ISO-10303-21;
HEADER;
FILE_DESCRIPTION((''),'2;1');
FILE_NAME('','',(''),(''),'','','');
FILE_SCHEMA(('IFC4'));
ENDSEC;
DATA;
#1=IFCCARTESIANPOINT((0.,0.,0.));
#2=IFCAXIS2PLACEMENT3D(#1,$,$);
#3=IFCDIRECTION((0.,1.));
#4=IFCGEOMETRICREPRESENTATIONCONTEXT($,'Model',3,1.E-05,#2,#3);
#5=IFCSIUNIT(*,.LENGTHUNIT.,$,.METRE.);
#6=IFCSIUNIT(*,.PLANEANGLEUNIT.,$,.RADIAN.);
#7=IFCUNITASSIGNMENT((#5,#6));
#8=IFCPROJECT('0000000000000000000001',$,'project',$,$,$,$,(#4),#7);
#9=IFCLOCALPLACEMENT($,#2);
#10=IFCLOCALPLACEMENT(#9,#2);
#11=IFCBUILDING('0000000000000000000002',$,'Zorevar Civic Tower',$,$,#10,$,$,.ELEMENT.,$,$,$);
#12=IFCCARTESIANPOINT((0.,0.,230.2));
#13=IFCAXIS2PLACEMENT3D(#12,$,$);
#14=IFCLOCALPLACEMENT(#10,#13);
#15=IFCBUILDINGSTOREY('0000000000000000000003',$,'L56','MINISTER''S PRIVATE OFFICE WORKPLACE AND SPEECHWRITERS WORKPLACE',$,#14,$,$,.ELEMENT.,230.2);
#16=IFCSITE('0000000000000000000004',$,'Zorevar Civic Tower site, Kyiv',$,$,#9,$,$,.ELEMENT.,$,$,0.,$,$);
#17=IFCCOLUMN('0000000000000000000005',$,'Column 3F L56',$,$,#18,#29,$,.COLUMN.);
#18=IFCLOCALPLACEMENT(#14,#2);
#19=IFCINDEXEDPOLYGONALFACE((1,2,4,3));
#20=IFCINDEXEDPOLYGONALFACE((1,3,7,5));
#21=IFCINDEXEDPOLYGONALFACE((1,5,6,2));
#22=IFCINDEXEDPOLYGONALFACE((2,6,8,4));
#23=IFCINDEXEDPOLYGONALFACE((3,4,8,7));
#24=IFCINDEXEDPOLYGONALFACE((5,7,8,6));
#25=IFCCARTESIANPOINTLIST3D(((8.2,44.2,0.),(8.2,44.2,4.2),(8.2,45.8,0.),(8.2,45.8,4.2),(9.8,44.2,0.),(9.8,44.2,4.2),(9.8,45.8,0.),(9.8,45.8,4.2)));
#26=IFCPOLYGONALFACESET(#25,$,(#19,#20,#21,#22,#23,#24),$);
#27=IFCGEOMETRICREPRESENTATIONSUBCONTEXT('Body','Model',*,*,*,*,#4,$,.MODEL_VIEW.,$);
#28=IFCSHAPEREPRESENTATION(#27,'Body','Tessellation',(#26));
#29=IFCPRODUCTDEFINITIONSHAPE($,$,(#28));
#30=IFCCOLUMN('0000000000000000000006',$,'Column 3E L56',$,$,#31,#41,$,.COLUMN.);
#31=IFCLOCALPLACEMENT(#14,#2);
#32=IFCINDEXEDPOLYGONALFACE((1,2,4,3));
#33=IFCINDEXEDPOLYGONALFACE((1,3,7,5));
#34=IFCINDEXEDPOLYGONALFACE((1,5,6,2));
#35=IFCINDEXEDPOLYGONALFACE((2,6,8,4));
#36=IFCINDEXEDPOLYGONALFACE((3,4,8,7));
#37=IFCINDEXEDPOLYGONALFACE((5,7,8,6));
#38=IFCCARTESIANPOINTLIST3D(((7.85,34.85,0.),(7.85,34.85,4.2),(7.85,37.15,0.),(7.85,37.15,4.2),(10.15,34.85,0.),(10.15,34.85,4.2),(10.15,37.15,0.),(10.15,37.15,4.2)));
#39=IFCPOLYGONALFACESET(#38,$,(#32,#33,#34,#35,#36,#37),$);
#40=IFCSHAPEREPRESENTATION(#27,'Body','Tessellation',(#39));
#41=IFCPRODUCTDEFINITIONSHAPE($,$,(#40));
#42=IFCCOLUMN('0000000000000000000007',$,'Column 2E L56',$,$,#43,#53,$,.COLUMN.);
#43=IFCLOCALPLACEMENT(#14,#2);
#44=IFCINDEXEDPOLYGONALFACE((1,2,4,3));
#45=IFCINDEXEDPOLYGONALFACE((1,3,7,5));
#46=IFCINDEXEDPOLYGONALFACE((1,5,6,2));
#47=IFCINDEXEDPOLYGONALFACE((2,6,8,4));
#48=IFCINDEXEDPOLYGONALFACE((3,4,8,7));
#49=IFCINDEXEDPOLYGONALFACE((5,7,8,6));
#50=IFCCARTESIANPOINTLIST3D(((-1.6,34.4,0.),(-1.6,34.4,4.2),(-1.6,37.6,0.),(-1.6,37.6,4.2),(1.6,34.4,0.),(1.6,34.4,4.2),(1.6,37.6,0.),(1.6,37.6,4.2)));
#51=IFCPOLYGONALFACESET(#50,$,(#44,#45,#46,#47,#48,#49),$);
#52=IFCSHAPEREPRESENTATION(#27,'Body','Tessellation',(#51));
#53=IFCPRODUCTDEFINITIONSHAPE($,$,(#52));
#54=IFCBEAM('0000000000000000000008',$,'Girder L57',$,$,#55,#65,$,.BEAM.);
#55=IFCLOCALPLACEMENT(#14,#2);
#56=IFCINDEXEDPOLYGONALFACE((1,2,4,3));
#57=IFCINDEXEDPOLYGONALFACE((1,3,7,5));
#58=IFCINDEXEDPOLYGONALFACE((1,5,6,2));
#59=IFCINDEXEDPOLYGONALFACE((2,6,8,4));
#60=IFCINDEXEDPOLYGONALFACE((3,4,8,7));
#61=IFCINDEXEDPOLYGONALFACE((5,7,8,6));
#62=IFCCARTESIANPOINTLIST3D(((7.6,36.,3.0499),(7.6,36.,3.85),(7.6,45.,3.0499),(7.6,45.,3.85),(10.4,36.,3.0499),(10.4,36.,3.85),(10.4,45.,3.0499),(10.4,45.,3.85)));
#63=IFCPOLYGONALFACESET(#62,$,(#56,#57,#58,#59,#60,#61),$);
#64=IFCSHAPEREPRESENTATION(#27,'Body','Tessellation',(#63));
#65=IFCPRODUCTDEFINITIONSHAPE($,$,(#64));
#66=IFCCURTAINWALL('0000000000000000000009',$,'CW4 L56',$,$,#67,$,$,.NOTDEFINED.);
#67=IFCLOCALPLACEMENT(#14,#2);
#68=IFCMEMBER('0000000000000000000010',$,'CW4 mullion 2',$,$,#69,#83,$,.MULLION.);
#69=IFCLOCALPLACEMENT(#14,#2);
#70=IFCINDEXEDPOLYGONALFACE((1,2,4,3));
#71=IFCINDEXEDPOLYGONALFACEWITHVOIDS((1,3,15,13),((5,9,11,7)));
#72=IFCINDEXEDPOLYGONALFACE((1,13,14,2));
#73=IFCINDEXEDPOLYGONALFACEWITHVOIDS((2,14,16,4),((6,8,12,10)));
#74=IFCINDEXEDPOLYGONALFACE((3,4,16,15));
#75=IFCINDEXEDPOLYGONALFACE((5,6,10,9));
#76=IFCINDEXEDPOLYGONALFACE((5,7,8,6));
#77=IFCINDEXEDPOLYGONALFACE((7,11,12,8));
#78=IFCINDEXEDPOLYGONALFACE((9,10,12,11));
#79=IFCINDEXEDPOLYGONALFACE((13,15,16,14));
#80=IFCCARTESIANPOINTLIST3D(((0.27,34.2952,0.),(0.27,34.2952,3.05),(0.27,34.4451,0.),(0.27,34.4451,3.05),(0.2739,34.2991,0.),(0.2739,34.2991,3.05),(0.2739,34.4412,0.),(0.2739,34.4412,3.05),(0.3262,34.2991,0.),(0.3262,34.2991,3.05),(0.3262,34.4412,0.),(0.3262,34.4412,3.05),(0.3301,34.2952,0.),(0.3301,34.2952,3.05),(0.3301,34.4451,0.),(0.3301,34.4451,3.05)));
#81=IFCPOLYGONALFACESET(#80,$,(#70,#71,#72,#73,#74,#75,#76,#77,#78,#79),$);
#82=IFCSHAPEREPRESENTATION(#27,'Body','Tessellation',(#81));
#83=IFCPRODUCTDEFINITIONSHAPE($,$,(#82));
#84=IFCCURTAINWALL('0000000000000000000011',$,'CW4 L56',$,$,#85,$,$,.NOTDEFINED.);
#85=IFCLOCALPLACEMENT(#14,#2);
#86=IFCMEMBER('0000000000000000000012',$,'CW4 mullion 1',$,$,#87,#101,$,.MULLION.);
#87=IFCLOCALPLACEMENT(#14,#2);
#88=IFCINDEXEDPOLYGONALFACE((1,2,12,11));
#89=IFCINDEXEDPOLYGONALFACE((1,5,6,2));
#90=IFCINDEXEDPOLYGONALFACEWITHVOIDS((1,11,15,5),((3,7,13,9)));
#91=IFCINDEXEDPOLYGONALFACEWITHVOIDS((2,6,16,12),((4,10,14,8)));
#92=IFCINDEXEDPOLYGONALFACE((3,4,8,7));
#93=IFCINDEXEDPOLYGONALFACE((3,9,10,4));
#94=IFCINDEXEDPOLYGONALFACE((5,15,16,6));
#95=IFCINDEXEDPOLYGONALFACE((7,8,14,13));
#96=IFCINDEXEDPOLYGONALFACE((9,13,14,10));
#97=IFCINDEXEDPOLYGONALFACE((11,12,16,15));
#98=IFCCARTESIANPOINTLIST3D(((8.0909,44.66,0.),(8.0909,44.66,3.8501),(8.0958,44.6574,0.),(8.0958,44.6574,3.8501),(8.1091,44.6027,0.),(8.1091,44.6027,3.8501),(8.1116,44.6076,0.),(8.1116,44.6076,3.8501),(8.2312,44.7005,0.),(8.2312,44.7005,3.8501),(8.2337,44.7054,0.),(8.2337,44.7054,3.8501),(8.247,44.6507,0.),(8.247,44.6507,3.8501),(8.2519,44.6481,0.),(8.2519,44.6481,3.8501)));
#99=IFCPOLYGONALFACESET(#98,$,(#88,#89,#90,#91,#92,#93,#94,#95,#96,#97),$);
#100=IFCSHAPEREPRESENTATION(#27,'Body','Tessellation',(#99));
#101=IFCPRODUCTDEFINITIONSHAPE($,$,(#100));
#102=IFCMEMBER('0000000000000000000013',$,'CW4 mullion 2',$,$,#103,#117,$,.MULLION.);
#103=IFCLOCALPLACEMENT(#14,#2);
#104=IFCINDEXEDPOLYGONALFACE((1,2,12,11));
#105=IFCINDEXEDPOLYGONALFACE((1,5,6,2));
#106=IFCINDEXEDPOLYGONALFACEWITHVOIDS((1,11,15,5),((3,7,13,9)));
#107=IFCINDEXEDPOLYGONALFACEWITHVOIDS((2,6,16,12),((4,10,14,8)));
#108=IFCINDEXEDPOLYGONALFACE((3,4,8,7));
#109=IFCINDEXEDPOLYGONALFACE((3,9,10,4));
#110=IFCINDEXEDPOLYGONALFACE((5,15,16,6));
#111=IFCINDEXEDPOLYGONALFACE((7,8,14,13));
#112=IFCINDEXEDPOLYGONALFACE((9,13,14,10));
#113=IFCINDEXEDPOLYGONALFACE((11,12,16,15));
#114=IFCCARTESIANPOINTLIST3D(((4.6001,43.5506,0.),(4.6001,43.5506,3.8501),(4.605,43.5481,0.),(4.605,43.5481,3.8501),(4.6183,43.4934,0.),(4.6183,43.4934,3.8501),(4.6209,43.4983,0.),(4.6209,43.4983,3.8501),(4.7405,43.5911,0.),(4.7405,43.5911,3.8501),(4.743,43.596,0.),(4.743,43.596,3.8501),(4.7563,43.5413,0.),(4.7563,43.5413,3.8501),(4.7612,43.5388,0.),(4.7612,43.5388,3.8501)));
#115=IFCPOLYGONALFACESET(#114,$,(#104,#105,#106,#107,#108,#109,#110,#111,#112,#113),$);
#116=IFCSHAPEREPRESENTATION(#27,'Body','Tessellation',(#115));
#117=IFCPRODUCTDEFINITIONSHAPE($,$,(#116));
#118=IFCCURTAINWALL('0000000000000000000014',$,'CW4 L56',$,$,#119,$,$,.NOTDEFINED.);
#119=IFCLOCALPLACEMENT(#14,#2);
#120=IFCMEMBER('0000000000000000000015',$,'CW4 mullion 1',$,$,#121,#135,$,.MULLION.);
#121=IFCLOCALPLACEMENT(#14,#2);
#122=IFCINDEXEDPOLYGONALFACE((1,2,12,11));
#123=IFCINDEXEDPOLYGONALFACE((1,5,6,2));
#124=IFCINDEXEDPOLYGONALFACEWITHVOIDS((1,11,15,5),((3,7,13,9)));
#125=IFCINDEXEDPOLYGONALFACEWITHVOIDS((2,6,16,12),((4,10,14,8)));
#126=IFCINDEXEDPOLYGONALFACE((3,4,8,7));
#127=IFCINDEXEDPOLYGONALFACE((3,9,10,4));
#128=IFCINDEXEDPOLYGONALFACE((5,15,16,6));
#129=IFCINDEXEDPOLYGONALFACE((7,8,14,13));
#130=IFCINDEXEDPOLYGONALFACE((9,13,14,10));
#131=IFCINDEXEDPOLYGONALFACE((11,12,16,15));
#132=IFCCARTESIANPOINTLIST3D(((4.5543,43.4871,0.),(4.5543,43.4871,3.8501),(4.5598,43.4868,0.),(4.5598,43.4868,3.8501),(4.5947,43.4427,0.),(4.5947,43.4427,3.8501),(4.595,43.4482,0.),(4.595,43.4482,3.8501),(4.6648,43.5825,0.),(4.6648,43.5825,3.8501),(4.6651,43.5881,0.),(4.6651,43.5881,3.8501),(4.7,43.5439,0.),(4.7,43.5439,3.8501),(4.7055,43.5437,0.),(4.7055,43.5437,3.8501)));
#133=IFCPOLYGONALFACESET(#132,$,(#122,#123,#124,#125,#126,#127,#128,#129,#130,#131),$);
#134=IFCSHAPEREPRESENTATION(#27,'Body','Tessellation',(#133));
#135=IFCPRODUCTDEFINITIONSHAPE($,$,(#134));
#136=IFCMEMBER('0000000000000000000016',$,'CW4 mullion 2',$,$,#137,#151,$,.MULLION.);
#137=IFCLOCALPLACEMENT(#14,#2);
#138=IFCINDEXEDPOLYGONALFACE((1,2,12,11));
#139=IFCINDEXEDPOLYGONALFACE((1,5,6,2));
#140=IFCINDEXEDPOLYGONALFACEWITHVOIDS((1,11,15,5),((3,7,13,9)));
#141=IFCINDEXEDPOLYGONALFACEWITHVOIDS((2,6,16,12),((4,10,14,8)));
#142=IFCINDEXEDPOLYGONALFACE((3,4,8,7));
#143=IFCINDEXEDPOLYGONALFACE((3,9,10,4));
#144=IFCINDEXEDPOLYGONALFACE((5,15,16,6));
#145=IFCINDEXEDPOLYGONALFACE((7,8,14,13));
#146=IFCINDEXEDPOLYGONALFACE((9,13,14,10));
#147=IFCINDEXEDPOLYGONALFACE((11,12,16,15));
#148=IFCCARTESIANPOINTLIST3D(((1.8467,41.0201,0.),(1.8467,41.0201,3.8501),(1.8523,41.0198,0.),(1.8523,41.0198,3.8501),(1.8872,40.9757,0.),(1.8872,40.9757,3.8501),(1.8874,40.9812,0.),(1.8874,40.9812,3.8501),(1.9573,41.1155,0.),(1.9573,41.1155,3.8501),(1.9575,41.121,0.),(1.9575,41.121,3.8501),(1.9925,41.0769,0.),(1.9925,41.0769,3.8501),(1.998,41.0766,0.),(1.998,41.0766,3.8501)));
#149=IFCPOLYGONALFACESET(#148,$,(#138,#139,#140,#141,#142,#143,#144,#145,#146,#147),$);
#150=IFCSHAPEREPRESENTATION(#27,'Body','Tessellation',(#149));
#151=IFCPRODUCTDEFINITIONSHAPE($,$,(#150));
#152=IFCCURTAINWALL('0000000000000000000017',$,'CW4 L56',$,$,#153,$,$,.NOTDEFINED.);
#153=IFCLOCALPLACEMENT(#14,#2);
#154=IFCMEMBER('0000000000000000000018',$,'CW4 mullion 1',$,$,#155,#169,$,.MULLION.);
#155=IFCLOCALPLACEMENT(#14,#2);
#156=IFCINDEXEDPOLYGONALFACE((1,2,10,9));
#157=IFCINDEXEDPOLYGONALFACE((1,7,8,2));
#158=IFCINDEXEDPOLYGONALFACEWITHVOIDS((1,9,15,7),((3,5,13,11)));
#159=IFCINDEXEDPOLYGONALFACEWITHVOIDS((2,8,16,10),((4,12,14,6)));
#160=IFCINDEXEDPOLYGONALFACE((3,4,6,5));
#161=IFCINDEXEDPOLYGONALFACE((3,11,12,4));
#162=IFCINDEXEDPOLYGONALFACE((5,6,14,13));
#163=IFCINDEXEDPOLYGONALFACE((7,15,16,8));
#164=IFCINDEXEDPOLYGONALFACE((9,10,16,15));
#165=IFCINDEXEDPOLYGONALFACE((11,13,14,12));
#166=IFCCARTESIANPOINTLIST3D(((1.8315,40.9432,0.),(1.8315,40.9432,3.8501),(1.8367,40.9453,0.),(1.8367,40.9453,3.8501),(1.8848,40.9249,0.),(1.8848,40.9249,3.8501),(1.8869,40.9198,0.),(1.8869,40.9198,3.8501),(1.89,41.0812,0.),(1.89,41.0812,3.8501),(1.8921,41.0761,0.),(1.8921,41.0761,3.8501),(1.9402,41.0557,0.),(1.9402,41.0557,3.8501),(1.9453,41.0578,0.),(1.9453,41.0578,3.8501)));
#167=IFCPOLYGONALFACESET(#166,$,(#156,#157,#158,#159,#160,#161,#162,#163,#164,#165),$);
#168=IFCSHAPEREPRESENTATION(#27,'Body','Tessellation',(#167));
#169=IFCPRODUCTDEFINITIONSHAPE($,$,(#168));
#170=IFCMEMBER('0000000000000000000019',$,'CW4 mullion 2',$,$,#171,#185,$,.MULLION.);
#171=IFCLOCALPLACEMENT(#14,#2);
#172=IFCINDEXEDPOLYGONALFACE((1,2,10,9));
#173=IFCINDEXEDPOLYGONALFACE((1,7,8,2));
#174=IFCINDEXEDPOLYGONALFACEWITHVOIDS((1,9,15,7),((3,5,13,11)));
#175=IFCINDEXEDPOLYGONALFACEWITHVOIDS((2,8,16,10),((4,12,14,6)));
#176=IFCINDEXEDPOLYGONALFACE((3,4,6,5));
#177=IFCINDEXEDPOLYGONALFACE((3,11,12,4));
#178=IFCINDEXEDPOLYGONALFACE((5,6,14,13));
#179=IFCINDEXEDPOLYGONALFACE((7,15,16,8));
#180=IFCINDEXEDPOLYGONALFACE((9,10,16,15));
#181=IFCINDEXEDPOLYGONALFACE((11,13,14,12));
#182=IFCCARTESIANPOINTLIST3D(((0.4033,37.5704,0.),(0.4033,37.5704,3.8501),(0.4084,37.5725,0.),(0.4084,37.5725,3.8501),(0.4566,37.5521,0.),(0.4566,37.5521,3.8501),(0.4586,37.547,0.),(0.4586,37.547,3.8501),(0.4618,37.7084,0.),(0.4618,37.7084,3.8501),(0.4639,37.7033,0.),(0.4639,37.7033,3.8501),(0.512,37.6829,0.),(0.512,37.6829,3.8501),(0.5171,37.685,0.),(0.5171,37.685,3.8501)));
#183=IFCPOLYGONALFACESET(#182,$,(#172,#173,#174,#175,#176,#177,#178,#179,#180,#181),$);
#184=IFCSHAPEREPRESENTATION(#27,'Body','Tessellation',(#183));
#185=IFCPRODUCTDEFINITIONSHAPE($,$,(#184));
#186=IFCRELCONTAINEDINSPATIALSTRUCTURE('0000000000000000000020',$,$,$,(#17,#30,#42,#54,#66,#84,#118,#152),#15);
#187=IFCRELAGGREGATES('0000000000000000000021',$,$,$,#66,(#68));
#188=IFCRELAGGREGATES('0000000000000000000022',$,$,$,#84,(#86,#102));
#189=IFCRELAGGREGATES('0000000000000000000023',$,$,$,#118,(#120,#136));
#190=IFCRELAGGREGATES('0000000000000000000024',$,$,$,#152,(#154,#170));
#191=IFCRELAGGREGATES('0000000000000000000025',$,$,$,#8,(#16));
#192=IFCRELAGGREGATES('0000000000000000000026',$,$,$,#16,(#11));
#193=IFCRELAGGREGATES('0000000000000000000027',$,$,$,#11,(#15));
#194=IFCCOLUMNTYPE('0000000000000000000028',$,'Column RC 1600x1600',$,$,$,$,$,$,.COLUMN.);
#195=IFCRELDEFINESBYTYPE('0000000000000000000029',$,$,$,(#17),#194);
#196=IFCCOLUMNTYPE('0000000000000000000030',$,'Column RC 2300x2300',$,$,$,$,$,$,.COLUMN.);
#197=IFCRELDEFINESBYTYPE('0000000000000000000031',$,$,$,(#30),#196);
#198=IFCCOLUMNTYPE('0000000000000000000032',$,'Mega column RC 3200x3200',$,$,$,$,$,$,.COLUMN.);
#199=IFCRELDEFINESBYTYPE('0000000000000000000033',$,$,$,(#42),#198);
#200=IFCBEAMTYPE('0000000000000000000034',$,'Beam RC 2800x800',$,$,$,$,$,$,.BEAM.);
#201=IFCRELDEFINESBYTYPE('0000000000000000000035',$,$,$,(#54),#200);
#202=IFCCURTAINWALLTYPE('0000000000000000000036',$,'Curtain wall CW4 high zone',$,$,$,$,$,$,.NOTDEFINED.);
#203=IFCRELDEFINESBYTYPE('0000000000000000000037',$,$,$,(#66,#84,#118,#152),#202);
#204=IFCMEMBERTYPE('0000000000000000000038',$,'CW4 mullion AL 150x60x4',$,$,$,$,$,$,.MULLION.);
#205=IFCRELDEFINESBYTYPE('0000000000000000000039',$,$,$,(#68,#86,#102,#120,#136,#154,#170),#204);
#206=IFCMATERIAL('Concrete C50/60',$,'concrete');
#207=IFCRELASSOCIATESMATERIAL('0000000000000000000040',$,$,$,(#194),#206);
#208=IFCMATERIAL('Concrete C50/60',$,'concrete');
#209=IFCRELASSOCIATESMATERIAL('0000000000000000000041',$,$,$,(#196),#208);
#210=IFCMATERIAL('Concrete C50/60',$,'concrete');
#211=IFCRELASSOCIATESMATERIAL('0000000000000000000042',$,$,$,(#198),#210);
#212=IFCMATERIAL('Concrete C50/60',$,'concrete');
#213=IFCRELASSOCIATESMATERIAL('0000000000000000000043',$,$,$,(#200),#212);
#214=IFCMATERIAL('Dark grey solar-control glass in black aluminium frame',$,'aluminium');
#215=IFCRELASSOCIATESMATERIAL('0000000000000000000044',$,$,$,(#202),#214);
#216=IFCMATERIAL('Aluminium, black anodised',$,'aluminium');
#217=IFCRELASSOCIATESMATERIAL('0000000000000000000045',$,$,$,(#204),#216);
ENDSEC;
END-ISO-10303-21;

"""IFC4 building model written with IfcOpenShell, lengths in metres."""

from ifc_helpers import new_model, si_unit, direction, frame, origin, origin_2d, place, context, subcontext, project, spatial, rectangle, hollow_rectangle, extrude, material, material_profile, profile_set, type_object, element, aggregate, save


model = new_model("IFC4")

# Units and contexts
model_context = context("Model", 3, precision=1e-05, world=origin(), true_north=direction((0.0, 1.0)))
body_context = subcontext(model_context, "Body", "Model", "MODEL_VIEW")
ifc_project = project(units=[si_unit("LENGTHUNIT", "METRE"), si_unit("PLANEANGLEUNIT", "RADIAN")], contexts=[model_context])

# Site, building, storey
site_placement = place(None, origin())
site = spatial("IfcSite", under=ifc_project, at=site_placement, Name="Zorevar Civic Tower site, Kyiv", CompositionType="ELEMENT", RefElevation=0.0)
building_placement = place(site_placement, origin())
building = spatial("IfcBuilding", under=site, at=building_placement, Name="Zorevar Civic Tower", CompositionType="ELEMENT")
storey_placement = place(building_placement, frame((0.0, 0.0, 230.2)))
storey = spatial("IfcBuildingStorey", under=building, at=storey_placement, Name="L56", Description="MINISTER'S PRIVATE OFFICE WORKPLACE AND SPEECHWRITERS WORKPLACE", CompositionType="ELEMENT", Elevation=230.2)

# Columns
ifc_material_1 = material(Name="Concrete C50/60", Category="concrete")
ifc_material_profile_1 = material_profile(ifc_material_1, rectangle(XDim=1.6001, YDim=1.6001, at=origin_2d()), Name="RC 1600x1600")
ifc_profile_set_1 = profile_set([ifc_material_profile_1], Name="Concrete C50/60")
column_type_1 = type_object("IfcColumnType", Name="Column RC 1600x1600", PredefinedType="COLUMN", material=ifc_profile_set_1)
column_1_placement = place(storey_placement, frame((9.0, 45.0, 0.0), z_axis=(0.0, 0.0, 1.0), x_axis=(1.0, 0.0, 0.0)))
element("IfcColumn", 1, at=column_1_placement, inside=storey, type_object=column_type_1, Name="Column 3F L56", PredefinedType="COLUMN", context=body_context, shape_type="SweptSolid", body=[
    extrude(rectangle(XDim=1.6001, YDim=1.6001, at=origin_2d()), origin(), (0.0, 0.0, 1.0), 4.2),
])
ifc_material_2 = material(Name="Concrete C50/60", Category="concrete")
ifc_material_profile_2 = material_profile(ifc_material_2, rectangle(XDim=2.3, YDim=2.3, at=origin_2d()), Name="RC 2300x2300")
ifc_profile_set_2 = profile_set([ifc_material_profile_2], Name="Concrete C50/60")
column_type_2 = type_object("IfcColumnType", Name="Column RC 2300x2300", PredefinedType="COLUMN", material=ifc_profile_set_2)
column_2_placement = place(storey_placement, frame((9.0, 36.0, 0.0), z_axis=(0.0, 0.0, 1.0), x_axis=(1.0, 0.0, 0.0)))
element("IfcColumn", 2, at=column_2_placement, inside=storey, type_object=column_type_2, Name="Column 3E L56", PredefinedType="COLUMN", context=body_context, shape_type="SweptSolid", body=[
    extrude(rectangle(XDim=2.3, YDim=2.3, at=origin_2d()), origin(), (0.0, 0.0, 1.0), 4.2),
])
ifc_material_3 = material(Name="Concrete C50/60", Category="concrete")
ifc_material_profile_3 = material_profile(ifc_material_3, rectangle(XDim=3.2, YDim=3.2, at=origin_2d()), Name="RC 3200x3200")
ifc_profile_set_3 = profile_set([ifc_material_profile_3], Name="Concrete C50/60")
column_type_3 = type_object("IfcColumnType", Name="Mega column RC 3200x3200", PredefinedType="COLUMN", material=ifc_profile_set_3)
column_3_placement = place(storey_placement, frame((0.0, 36.0, 0.0), z_axis=(0.0, 0.0, 1.0), x_axis=(1.0, 0.0, 0.0)))
element("IfcColumn", 3, at=column_3_placement, inside=storey, type_object=column_type_3, Name="Column 2E L56", PredefinedType="COLUMN", context=body_context, shape_type="SweptSolid", body=[
    extrude(rectangle(XDim=3.2, YDim=3.2, at=origin_2d()), origin(), (0.0, 0.0, 1.0), 4.2),
])

# Beam
ifc_material_4 = material(Name="Concrete C50/60", Category="concrete")
ifc_material_profile_4 = material_profile(ifc_material_4, rectangle(XDim=2.8, YDim=0.8, at=origin_2d()), Name="RC 2800x800")
ifc_profile_set_4 = profile_set([ifc_material_profile_4], Name="Concrete C50/60")
beam_type_1 = type_object("IfcBeamType", Name="Beam RC 2800x800", PredefinedType="BEAM", material=ifc_profile_set_4)
beam_1_placement = place(storey_placement, frame((9.0, 36.0, 3.45), z_axis=(0.0, 1.0, 0.0), x_axis=(-1.0, 0.0, 0.0)))
element("IfcBeam", 4, at=beam_1_placement, inside=storey, type_object=beam_type_1, Name="Girder L57", PredefinedType="BEAM", context=body_context, shape_type="SweptSolid", body=[
    extrude(rectangle(XDim=2.8, YDim=0.8, at=origin_2d()), origin(), (0.0, 0.0, 1.0), 9.0),
])

# Curtain wall, member
ifc_material_5 = material(Name="Dark grey solar-control glass in black aluminium frame", Category="aluminium")
curtain_wall_type = type_object("IfcCurtainWallType", Name="Curtain wall CW4 high zone", PredefinedType="NOTDEFINED", material=ifc_material_5)
curtain_wall_1_placement = place(storey_placement, origin())
curtain_wall_1 = element("IfcCurtainWall", 5, at=curtain_wall_1_placement, inside=storey, type_object=curtain_wall_type, Name="CW4 L56", PredefinedType="NOTDEFINED")
ifc_material_6 = material(Name="Aluminium, black anodised", Category="aluminium")
ifc_material_profile_5 = material_profile(ifc_material_6, hollow_rectangle(XDim=0.0601, YDim=0.1499, WallThickness=0.0039, at=origin_2d()), Name="AL 150x60x4")
ifc_profile_set_5 = profile_set([ifc_material_profile_5], Name="Aluminium, black anodised")
member_type_1 = type_object("IfcMemberType", Name="CW4 mullion AL 150x60x4", PredefinedType="MULLION", material=ifc_profile_set_5)
member_1_placement = place(storey_placement, frame((0.3, 34.3701, 0.0), z_axis=(0.0, 0.0, 1.0), x_axis=(-1.0, 0.0, 0.0)))
member_1 = element("IfcMember", 6, at=member_1_placement, type_object=member_type_1, Name="CW4 mullion 2", PredefinedType="MULLION", context=body_context, shape_type="SweptSolid", body=[
    extrude(hollow_rectangle(XDim=0.0601, YDim=0.1499, WallThickness=0.0039, at=origin_2d()), origin(), (0.0, 0.0, 1.0), 3.05),
])
aggregate(curtain_wall_1, [member_1])

# Curtain walls, members
curtain_wall_2_placement = place(storey_placement, origin())
curtain_wall_2 = element("IfcCurtainWall", 7, at=curtain_wall_2_placement, inside=storey, type_object=curtain_wall_type, Name="CW4 L56", PredefinedType="NOTDEFINED")
member_2_placement = place(storey_placement, frame((8.1714, 44.6541, 0.0), z_axis=(0.0, 0.0, 1.0), x_axis=(0.302859, -0.953035, 0.0)))
member_2 = element("IfcMember", 8, at=member_2_placement, type_object=member_type_1, Name="CW4 mullion 1", PredefinedType="MULLION", context=body_context, shape_type="SweptSolid", body=[
    extrude(hollow_rectangle(XDim=0.0601, YDim=0.1499, WallThickness=0.0039, at=origin_2d()), origin(), (0.0, 0.0, 1.0), 3.8501),
])
member_3_placement = place(storey_placement, frame((4.6807, 43.5447, 0.0), z_axis=(0.0, 0.0, 1.0), x_axis=(0.302859, -0.953035, 0.0)))
member_3 = element("IfcMember", 9, at=member_3_placement, type_object=member_type_1, Name="CW4 mullion 2", PredefinedType="MULLION", context=body_context, shape_type="SweptSolid", body=[
    extrude(hollow_rectangle(XDim=0.0601, YDim=0.1499, WallThickness=0.0039, at=origin_2d()), origin(), (0.0, 0.0, 1.0), 3.8501),
])
curtain_wall_3_placement = place(storey_placement, origin())
curtain_wall_3 = element("IfcCurtainWall", 10, at=curtain_wall_3_placement, inside=storey, type_object=curtain_wall_type, Name="CW4 L56", PredefinedType="NOTDEFINED")
member_4_placement = place(storey_placement, frame((4.6299, 43.5154, 0.0), z_axis=(0.0, 0.0, 1.0), x_axis=(0.673533, -0.739157, 0.0)))
member_4 = element("IfcMember", 11, at=member_4_placement, type_object=member_type_1, Name="CW4 mullion 1", PredefinedType="MULLION", context=body_context, shape_type="SweptSolid", body=[
    extrude(hollow_rectangle(XDim=0.0601, YDim=0.1499, WallThickness=0.0039, at=origin_2d()), origin(), (0.0, 0.0, 1.0), 3.8501),
])
member_5_placement = place(storey_placement, frame((1.9224, 41.0483, 0.0), z_axis=(0.0, 0.0, 1.0), x_axis=(0.673533, -0.739157, 0.0)))
member_5 = element("IfcMember", 12, at=member_5_placement, type_object=member_type_1, Name="CW4 mullion 2", PredefinedType="MULLION", context=body_context, shape_type="SweptSolid", body=[
    extrude(hollow_rectangle(XDim=0.0601, YDim=0.1499, WallThickness=0.0039, at=origin_2d()), origin(), (0.0, 0.0, 1.0), 3.8501),
])
curtain_wall_4_placement = place(storey_placement, origin())
curtain_wall_4 = element("IfcCurtainWall", 13, at=curtain_wall_4_placement, inside=storey, type_object=curtain_wall_type, Name="CW4 L56", PredefinedType="NOTDEFINED")
member_6_placement = place(storey_placement, frame((1.8884, 41.0005, 0.0), z_axis=(0.0, 0.0, 1.0), x_axis=(0.92083, -0.389965, 0.0)))
member_6 = element("IfcMember", 14, at=member_6_placement, type_object=member_type_1, Name="CW4 mullion 1", PredefinedType="MULLION", context=body_context, shape_type="SweptSolid", body=[
    extrude(hollow_rectangle(XDim=0.0601, YDim=0.1499, WallThickness=0.0039, at=origin_2d()), origin(), (0.0, 0.0, 1.0), 3.8501),
])
member_7_placement = place(storey_placement, frame((0.4602, 37.6277, 0.0), z_axis=(0.0, 0.0, 1.0), x_axis=(0.92083, -0.389965, 0.0)))
member_7 = element("IfcMember", 15, at=member_7_placement, type_object=member_type_1, Name="CW4 mullion 2", PredefinedType="MULLION", context=body_context, shape_type="SweptSolid", body=[
    extrude(hollow_rectangle(XDim=0.0601, YDim=0.1499, WallThickness=0.0039, at=origin_2d()), origin(), (0.0, 0.0, 1.0), 3.8501),
])

aggregate(curtain_wall_2, [member_2, member_3])
aggregate(curtain_wall_3, [member_4, member_5])
aggregate(curtain_wall_4, [member_6, member_7])

save(model, "model.ifc")
